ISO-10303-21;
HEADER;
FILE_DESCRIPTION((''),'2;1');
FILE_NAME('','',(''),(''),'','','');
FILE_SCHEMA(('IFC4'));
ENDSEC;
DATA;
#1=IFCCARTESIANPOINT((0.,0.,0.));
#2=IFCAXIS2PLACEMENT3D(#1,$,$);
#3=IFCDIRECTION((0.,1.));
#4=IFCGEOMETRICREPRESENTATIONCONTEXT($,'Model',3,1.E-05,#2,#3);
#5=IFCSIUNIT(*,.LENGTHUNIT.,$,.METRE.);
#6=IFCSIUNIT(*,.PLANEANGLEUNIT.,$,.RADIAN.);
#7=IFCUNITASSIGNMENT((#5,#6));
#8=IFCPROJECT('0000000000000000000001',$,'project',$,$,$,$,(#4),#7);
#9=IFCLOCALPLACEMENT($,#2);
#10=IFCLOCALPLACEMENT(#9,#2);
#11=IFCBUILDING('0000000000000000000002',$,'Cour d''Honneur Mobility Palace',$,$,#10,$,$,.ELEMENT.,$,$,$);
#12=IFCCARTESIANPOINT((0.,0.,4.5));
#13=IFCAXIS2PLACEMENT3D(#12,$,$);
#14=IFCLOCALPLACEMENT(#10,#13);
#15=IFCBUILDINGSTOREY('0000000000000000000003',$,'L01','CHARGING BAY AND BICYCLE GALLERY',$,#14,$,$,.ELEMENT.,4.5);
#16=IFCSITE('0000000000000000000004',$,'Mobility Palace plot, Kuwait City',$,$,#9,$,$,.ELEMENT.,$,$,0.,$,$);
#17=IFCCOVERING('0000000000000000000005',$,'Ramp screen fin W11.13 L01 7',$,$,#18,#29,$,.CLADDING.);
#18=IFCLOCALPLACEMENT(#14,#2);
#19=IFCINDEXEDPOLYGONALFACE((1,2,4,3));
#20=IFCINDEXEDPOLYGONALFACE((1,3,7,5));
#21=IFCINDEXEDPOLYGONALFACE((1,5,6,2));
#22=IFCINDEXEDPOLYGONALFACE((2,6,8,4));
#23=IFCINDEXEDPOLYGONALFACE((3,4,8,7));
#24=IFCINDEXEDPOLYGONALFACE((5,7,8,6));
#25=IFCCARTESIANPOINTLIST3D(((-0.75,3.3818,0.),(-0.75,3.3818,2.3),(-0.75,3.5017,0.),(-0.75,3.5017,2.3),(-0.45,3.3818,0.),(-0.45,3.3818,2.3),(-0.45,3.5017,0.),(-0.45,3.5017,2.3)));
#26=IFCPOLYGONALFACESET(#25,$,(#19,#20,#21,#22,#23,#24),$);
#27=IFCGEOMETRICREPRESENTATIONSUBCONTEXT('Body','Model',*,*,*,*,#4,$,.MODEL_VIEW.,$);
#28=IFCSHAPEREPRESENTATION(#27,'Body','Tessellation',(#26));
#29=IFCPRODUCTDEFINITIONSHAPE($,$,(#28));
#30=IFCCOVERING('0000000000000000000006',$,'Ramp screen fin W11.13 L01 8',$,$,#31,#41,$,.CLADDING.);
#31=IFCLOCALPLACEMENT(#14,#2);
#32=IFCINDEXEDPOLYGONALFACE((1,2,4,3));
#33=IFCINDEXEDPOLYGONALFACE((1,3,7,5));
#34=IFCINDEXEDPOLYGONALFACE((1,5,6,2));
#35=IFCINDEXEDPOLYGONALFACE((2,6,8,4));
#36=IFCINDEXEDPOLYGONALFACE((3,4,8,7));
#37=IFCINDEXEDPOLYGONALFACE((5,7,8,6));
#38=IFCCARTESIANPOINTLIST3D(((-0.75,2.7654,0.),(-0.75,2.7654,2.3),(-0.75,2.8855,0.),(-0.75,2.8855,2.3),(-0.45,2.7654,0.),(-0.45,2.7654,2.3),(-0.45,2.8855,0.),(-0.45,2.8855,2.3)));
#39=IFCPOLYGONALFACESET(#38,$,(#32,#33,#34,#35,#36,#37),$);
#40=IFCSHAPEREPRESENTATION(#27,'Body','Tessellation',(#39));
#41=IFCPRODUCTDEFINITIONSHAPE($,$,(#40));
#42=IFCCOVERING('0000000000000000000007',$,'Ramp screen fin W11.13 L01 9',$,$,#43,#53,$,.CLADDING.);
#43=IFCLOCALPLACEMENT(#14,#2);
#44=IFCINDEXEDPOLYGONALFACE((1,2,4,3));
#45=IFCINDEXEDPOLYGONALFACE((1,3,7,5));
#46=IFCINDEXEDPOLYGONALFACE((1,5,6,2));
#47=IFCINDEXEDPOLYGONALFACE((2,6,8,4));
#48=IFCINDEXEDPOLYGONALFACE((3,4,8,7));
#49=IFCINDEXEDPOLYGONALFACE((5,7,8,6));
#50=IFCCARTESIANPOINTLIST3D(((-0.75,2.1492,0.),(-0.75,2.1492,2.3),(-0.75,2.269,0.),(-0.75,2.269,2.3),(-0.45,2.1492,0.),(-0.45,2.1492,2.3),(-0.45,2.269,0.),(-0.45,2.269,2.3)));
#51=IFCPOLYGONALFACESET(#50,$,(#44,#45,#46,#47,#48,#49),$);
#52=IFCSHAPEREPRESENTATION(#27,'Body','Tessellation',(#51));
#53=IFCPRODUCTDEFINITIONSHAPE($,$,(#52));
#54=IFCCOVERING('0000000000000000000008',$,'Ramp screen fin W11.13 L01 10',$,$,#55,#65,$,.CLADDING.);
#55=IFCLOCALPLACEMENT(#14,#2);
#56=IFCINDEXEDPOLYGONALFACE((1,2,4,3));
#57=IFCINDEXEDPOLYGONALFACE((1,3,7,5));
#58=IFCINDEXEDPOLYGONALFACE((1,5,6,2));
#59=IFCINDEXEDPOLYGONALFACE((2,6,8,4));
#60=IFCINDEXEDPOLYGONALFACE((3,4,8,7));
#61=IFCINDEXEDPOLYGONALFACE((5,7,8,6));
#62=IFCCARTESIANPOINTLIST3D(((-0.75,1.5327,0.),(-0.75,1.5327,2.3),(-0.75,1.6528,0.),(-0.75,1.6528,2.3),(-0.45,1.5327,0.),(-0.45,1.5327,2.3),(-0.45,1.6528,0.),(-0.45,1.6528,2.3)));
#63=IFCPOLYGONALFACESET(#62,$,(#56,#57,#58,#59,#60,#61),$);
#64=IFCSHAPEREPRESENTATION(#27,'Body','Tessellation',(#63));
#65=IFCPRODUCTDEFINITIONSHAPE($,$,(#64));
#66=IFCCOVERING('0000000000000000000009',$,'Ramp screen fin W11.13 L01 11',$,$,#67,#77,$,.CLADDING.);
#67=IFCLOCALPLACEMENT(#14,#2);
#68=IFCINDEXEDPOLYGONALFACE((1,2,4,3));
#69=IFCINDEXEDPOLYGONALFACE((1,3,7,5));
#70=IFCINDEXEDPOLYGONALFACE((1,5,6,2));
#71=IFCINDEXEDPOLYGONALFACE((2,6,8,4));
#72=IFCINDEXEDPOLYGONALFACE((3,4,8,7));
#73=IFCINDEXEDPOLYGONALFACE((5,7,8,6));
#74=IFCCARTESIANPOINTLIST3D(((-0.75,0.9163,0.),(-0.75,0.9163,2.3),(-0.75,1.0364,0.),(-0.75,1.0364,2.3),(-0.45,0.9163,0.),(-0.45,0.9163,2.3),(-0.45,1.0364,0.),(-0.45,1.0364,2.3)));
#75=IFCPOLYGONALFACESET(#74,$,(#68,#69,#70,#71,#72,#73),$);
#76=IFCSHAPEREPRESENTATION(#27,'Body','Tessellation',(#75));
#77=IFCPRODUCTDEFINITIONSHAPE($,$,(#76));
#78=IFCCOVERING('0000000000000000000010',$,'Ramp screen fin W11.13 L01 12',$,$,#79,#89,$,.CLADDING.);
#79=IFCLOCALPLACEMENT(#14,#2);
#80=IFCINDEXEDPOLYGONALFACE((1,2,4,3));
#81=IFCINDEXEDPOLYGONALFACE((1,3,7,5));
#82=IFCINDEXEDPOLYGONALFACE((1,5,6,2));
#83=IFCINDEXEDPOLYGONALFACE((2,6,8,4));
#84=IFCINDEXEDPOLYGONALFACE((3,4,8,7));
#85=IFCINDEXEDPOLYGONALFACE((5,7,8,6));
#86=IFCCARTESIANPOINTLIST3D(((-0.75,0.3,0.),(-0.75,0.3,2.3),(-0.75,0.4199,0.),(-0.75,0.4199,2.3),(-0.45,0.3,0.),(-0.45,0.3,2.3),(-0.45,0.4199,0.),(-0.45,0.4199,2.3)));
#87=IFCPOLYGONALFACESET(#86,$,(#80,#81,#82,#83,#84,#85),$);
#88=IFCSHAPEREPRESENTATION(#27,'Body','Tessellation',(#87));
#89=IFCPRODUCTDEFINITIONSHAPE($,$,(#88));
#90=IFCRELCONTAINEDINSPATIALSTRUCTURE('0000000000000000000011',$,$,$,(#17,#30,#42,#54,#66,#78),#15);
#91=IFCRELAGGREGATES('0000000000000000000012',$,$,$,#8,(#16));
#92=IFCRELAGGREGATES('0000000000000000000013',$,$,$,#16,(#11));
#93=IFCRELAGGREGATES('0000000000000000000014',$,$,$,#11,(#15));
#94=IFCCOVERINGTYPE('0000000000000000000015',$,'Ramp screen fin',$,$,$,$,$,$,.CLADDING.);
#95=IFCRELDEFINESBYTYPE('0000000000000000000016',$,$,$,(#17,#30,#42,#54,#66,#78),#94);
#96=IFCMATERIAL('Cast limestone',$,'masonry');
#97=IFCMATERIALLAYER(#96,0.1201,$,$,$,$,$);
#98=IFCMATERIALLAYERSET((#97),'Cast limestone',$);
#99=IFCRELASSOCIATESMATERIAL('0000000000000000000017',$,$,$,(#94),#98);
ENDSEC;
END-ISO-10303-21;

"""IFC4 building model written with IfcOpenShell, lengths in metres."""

from ifc_helpers import new_model, si_unit, direction, frame, origin, place, context, subcontext, project, spatial, polyline, outline, extrude, material, layer, layer_set, type_object, element, save


model = new_model("IFC4")

# Units and contexts
model_context = context("Model", 3, precision=1e-05, world=origin(), true_north=direction((0.0, 1.0)))
body_context = subcontext(model_context, "Body", "Model", "MODEL_VIEW")
ifc_project = project(units=[si_unit("LENGTHUNIT", "METRE"), si_unit("PLANEANGLEUNIT", "RADIAN")], contexts=[model_context])

# Site, building, storey
site_placement = place(None, origin())
site = spatial("IfcSite", under=ifc_project, at=site_placement, Name="Mobility Palace plot, Kuwait City", CompositionType="ELEMENT", RefElevation=0.0)
building_placement = place(site_placement, origin())
building = spatial("IfcBuilding", under=site, at=building_placement, Name="Cour d'Honneur Mobility Palace", CompositionType="ELEMENT")
storey_placement = place(building_placement, frame((0.0, 0.0, 4.5)))
storey = spatial("IfcBuildingStorey", under=building, at=storey_placement, Name="L01", Description="CHARGING BAY AND BICYCLE GALLERY", CompositionType="ELEMENT", Elevation=4.5)

# Coverings
ifc_material = material(Name="Cast limestone", Category="masonry")
ifc_layer = layer(ifc_material, 0.1201)
ifc_layer_set = layer_set([ifc_layer], Name="Cast limestone")
covering_type = type_object("IfcCoveringType", Name="Ramp screen fin", PredefinedType="CLADDING", material=ifc_layer_set)
covering_1_placement = place(storey_placement, origin())
element("IfcCovering", 1, at=covering_1_placement, inside=storey, type_object=covering_type, Name="Ramp screen fin W11.13 L01 7", PredefinedType="CLADDING", context=body_context, shape_type="SweptSolid", body=[
    extrude(outline(polyline([(-0.45, 3.5017), (-0.45, 3.3818), (-0.75, 3.3818), (-0.75, 3.5017), (-0.45, 3.5017)])), origin(), (0.0, 0.0, 1.0), 2.3),
])
covering_2_placement = place(storey_placement, origin())
element("IfcCovering", 2, at=covering_2_placement, inside=storey, type_object=covering_type, Name="Ramp screen fin W11.13 L01 8", PredefinedType="CLADDING", context=body_context, shape_type="SweptSolid", body=[
    extrude(outline(polyline([(-0.45, 2.8855), (-0.45, 2.7654), (-0.75, 2.7654), (-0.75, 2.8855), (-0.45, 2.8855)])), origin(), (0.0, 0.0, 1.0), 2.3),
])
covering_3_placement = place(storey_placement, origin())
element("IfcCovering", 3, at=covering_3_placement, inside=storey, type_object=covering_type, Name="Ramp screen fin W11.13 L01 9", PredefinedType="CLADDING", context=body_context, shape_type="SweptSolid", body=[
    extrude(outline(polyline([(-0.45, 2.269), (-0.45, 2.1492), (-0.75, 2.1492), (-0.75, 2.269), (-0.45, 2.269)])), origin(), (0.0, 0.0, 1.0), 2.3),
])
covering_4_placement = place(storey_placement, origin())
element("IfcCovering", 4, at=covering_4_placement, inside=storey, type_object=covering_type, Name="Ramp screen fin W11.13 L01 10", PredefinedType="CLADDING", context=body_context, shape_type="SweptSolid", body=[
    extrude(outline(polyline([(-0.45, 1.6528), (-0.45, 1.5327), (-0.75, 1.5327), (-0.75, 1.6528), (-0.45, 1.6528)])), origin(), (0.0, 0.0, 1.0), 2.3),
])
covering_5_placement = place(storey_placement, origin())
element("IfcCovering", 5, at=covering_5_placement, inside=storey, type_object=covering_type, Name="Ramp screen fin W11.13 L01 11", PredefinedType="CLADDING", context=body_context, shape_type="SweptSolid", body=[
    extrude(outline(polyline([(-0.45, 1.0364), (-0.45, 0.9163), (-0.75, 0.9163), (-0.75, 1.0364), (-0.45, 1.0364)])), origin(), (0.0, 0.0, 1.0), 2.3),
])
covering_6_placement = place(storey_placement, origin())
element("IfcCovering", 6, at=covering_6_placement, inside=storey, type_object=covering_type, Name="Ramp screen fin W11.13 L01 12", PredefinedType="CLADDING", context=body_context, shape_type="SweptSolid", body=[
    extrude(outline(polyline([(-0.45, 0.4199), (-0.45, 0.3), (-0.75, 0.3), (-0.75, 0.4199), (-0.45, 0.4199)])), origin(), (0.0, 0.0, 1.0), 2.3),
])

save(model, "model.ifc")
